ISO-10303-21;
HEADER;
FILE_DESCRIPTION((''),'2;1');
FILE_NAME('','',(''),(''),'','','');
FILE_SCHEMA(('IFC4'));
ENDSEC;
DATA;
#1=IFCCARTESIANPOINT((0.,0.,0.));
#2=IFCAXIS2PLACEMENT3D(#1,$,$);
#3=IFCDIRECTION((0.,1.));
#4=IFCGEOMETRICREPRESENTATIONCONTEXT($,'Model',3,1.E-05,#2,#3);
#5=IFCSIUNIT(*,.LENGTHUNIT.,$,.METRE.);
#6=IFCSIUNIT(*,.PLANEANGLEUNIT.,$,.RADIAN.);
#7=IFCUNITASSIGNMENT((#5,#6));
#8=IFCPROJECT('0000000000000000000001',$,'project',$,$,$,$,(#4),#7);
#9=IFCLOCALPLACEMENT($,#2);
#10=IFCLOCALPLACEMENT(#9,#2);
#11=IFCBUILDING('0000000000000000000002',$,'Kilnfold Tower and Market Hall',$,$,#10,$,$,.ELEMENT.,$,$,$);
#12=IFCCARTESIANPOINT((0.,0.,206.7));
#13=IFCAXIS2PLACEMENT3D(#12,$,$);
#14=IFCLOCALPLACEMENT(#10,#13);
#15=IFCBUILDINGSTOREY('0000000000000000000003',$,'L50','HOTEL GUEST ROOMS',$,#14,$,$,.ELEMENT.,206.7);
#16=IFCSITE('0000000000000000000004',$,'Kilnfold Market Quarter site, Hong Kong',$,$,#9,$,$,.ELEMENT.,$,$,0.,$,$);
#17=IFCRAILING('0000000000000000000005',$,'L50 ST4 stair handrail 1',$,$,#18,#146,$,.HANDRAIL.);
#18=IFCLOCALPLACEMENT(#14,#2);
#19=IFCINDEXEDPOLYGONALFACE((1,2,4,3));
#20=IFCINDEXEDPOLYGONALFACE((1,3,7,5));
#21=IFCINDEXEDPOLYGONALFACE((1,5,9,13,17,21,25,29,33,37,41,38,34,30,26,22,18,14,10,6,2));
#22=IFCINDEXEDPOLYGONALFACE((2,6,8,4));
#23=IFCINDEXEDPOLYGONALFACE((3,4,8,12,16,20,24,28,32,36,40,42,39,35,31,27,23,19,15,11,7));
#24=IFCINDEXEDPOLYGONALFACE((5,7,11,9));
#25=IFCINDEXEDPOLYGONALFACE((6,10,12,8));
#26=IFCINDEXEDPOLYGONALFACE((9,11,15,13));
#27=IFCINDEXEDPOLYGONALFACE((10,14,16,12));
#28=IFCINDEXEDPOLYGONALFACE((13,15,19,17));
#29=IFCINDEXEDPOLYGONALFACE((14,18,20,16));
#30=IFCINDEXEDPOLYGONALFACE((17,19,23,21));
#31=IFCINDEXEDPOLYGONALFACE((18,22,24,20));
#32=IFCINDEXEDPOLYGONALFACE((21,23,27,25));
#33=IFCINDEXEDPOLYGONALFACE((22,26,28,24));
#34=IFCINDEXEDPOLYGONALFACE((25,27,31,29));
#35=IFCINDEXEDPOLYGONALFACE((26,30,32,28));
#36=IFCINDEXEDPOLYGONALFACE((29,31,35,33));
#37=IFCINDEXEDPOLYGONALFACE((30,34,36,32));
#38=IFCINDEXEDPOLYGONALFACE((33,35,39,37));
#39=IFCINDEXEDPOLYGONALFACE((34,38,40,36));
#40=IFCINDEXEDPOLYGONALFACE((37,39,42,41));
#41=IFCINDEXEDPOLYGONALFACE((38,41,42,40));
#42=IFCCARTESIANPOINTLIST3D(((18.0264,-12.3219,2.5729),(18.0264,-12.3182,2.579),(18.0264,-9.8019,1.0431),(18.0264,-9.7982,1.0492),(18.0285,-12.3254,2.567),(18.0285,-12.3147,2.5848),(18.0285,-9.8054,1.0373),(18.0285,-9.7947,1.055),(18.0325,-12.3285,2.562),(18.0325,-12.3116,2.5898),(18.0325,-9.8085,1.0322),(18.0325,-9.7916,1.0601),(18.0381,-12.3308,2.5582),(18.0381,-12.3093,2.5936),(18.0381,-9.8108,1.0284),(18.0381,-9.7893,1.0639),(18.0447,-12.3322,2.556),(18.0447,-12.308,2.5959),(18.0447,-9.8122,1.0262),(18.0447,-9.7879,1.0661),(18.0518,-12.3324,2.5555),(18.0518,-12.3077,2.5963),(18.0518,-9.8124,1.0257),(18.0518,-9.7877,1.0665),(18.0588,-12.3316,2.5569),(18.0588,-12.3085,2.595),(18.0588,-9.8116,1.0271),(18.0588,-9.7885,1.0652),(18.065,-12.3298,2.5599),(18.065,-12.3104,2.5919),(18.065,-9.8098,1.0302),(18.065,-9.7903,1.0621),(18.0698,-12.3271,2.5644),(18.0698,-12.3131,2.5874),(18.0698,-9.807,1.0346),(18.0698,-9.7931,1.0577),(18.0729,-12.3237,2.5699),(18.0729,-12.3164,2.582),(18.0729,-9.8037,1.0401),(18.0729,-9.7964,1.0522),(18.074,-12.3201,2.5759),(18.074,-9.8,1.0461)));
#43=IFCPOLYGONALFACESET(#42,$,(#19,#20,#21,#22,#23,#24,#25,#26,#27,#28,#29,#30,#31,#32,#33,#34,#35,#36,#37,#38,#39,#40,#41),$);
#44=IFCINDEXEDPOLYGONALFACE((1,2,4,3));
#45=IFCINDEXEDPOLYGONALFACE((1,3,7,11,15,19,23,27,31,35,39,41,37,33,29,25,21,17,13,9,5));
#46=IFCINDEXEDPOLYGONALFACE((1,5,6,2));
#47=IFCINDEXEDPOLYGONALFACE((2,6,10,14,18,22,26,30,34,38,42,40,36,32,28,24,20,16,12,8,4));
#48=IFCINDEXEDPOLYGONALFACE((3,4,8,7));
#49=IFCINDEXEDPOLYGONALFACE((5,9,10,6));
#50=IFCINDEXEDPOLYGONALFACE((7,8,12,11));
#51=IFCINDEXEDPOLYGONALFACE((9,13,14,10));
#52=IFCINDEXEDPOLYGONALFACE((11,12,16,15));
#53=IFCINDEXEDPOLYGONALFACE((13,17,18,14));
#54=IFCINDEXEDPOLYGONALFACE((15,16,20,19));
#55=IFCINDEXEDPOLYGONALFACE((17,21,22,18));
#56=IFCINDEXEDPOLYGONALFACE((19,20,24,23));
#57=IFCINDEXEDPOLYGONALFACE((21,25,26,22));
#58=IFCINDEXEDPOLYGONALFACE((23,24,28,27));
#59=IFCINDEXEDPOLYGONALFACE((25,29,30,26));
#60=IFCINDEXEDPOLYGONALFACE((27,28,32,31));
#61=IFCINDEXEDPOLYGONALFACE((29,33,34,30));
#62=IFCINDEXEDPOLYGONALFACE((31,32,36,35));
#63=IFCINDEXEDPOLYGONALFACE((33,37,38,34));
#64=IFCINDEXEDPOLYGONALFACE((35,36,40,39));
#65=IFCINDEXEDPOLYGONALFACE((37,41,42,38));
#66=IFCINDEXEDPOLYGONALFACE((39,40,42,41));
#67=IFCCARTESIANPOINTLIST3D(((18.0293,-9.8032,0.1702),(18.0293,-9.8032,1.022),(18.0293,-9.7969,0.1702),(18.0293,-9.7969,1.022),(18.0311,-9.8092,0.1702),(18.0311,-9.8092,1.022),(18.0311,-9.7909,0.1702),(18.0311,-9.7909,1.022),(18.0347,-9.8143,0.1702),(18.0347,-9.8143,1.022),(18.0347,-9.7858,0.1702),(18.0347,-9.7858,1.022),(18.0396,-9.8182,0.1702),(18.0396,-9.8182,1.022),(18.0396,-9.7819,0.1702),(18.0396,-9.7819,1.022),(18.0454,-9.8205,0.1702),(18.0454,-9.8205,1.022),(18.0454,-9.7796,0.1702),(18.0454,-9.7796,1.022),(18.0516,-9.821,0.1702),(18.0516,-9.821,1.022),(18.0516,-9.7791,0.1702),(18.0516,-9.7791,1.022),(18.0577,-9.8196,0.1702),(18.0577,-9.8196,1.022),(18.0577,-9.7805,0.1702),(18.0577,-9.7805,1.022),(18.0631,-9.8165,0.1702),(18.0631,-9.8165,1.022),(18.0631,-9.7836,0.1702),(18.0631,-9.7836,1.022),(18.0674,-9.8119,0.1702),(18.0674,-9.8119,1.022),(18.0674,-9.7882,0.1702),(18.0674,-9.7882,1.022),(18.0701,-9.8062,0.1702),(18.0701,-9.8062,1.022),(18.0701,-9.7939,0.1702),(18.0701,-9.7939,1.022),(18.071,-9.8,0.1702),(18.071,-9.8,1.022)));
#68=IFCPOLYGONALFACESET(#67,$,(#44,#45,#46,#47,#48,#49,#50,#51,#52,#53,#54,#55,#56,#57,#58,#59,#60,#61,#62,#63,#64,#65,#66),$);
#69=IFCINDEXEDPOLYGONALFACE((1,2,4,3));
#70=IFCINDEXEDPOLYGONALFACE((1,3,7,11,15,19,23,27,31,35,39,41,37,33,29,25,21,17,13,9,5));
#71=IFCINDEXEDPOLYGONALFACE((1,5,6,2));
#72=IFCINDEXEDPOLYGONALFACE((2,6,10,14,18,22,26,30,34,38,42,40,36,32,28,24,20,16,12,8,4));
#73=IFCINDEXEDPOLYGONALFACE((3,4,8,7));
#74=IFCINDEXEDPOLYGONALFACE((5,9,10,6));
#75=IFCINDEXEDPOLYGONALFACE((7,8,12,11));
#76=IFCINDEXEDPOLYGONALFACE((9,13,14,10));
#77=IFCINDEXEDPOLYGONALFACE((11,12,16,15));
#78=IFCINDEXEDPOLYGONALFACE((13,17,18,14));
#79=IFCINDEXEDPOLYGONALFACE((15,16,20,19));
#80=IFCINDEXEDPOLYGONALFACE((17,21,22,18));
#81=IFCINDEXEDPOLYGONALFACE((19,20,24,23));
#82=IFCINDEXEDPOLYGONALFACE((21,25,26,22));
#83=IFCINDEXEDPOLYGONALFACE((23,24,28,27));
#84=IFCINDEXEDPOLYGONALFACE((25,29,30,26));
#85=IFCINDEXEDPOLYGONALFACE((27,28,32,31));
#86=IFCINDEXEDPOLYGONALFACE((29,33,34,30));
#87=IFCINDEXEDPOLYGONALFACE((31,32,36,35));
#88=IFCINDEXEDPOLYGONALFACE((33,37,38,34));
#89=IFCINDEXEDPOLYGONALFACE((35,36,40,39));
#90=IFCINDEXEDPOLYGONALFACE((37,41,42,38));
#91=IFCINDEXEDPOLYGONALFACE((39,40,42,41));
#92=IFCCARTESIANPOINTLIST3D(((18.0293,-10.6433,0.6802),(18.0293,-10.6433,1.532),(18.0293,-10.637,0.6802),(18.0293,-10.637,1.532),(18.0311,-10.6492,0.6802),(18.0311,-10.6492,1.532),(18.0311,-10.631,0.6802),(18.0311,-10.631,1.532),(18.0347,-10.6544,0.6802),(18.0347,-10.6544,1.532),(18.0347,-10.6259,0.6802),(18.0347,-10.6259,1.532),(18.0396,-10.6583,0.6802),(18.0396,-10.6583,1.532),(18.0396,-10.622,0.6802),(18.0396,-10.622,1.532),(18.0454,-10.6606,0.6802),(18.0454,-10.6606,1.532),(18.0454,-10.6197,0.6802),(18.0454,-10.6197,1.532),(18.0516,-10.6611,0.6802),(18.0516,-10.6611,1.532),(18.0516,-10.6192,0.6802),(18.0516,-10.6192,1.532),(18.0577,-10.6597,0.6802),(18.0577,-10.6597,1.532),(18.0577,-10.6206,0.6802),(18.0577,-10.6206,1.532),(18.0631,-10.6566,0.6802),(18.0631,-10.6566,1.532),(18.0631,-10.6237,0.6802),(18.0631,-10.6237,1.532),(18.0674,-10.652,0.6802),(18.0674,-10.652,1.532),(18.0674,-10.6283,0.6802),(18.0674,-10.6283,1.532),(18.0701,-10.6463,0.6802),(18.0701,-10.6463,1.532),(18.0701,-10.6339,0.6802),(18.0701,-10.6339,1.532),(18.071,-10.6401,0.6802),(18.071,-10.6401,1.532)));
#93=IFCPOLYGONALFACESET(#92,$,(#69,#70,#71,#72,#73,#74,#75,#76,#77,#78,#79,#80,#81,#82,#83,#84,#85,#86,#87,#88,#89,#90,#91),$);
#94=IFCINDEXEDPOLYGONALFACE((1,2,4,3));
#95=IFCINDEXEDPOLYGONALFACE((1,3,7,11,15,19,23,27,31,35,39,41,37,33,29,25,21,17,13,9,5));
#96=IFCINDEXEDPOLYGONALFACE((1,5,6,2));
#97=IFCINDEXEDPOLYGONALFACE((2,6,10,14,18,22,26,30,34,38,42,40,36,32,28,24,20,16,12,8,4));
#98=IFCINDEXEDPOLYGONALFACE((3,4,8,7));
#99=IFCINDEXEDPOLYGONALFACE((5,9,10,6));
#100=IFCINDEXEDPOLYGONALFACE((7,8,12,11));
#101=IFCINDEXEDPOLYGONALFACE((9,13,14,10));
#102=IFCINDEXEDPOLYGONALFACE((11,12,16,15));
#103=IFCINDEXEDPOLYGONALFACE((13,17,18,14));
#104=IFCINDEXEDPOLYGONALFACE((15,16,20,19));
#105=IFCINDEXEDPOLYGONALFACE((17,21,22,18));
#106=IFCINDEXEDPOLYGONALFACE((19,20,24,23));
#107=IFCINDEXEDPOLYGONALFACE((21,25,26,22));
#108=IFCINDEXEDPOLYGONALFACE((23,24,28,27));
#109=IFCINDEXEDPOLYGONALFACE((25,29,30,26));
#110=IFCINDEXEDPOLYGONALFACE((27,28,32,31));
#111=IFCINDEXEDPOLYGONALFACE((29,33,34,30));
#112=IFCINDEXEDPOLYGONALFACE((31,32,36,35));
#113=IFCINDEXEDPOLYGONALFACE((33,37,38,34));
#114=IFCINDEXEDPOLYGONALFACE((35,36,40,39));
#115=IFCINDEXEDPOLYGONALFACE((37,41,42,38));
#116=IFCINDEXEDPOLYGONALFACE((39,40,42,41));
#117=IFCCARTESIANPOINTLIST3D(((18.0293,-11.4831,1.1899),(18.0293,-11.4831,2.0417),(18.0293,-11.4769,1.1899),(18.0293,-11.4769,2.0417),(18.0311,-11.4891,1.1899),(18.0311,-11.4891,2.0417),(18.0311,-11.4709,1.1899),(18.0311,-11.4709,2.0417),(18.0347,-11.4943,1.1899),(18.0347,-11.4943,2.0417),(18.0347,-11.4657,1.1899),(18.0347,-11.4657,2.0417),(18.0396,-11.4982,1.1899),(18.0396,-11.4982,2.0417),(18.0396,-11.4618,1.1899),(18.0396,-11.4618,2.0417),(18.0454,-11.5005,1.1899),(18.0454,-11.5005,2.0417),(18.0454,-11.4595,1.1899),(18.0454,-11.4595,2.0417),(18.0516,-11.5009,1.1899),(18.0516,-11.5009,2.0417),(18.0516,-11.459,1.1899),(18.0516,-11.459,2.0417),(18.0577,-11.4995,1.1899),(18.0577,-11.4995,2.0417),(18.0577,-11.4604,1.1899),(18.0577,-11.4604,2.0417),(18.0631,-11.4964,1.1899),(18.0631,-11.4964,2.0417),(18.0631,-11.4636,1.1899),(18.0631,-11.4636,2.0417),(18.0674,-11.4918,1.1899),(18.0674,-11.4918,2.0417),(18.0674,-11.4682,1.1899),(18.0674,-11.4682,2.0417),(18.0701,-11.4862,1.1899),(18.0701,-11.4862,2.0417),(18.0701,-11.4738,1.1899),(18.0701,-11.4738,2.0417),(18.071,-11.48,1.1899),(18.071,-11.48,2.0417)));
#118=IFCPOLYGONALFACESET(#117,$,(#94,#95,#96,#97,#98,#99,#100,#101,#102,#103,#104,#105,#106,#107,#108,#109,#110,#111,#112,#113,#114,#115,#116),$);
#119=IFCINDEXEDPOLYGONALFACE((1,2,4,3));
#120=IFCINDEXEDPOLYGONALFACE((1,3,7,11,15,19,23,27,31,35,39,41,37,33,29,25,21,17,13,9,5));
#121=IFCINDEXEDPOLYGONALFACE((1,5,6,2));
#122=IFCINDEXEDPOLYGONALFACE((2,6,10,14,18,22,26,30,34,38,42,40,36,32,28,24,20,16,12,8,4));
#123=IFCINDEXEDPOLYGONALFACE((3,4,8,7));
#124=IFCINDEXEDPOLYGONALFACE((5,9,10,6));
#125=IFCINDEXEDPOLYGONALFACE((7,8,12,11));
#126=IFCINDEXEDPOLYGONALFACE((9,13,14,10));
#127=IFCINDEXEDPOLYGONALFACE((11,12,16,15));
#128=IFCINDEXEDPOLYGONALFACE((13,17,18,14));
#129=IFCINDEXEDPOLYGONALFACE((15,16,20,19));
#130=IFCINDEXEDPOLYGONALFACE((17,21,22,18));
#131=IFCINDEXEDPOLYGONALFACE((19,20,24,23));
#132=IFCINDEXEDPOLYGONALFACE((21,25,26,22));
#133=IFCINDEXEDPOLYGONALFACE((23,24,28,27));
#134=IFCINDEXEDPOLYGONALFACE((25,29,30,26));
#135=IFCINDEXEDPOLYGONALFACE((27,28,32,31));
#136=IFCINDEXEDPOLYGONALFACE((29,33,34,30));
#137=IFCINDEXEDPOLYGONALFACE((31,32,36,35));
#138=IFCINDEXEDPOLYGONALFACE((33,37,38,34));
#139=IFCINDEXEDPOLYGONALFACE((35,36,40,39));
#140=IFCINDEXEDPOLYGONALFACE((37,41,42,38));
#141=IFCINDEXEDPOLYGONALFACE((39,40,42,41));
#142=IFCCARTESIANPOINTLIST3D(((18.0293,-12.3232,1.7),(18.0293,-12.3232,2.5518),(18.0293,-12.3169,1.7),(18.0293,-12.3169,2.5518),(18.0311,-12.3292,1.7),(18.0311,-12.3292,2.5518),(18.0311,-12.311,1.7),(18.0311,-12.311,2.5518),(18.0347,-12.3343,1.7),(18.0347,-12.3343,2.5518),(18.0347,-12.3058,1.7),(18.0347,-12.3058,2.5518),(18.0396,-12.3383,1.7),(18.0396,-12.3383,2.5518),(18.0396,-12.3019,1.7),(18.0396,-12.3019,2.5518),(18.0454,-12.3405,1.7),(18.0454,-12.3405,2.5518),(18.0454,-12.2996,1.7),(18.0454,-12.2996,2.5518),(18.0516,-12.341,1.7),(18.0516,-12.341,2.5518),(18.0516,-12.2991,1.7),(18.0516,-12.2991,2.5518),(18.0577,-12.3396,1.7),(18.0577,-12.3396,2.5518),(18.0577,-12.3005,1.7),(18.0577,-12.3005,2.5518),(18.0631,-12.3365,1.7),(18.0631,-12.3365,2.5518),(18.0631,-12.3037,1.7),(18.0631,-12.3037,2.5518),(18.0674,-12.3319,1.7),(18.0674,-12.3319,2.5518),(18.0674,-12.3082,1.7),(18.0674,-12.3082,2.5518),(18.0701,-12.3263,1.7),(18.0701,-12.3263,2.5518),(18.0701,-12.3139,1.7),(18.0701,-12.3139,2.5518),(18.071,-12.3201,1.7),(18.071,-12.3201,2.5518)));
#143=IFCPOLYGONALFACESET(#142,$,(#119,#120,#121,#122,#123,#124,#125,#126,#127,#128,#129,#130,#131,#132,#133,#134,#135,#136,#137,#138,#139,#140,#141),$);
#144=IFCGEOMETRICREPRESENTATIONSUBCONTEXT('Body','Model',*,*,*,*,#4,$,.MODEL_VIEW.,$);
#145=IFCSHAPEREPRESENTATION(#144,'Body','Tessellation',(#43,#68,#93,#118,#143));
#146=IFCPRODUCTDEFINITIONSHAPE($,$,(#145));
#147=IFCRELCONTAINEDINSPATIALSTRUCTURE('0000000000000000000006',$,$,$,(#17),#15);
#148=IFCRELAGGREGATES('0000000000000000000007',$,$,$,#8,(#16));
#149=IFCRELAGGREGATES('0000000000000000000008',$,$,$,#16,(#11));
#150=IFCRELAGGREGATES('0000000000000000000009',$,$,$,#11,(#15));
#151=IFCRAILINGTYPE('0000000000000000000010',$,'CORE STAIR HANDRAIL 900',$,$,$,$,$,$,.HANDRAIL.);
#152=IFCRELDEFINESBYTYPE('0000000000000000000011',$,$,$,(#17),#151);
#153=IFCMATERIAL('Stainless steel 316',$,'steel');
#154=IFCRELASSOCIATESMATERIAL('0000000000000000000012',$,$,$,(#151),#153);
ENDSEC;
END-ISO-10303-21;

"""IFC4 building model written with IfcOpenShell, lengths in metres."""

from ifc_helpers import new_model, si_unit, direction, frame, origin, origin_2d, place, context, subcontext, project, spatial, circle, extrude, material, type_object, element, save


model = new_model("IFC4")

# Units and contexts
model_context = context("Model", 3, precision=1e-05, world=origin(), true_north=direction((0.0, 1.0)))
body_context = subcontext(model_context, "Body", "Model", "MODEL_VIEW")
ifc_project = project(units=[si_unit("LENGTHUNIT", "METRE"), si_unit("PLANEANGLEUNIT", "RADIAN")], contexts=[model_context])

# Site, building, storey
site_placement = place(None, origin())
site = spatial("IfcSite", under=ifc_project, at=site_placement, Name="Kilnfold Market Quarter site, Hong Kong", CompositionType="ELEMENT", RefElevation=0.0)
building_placement = place(site_placement, origin())
building = spatial("IfcBuilding", under=site, at=building_placement, Name="Kilnfold Tower and Market Hall", CompositionType="ELEMENT")
storey_placement = place(building_placement, frame((0.0, 0.0, 206.7)))
storey = spatial("IfcBuildingStorey", under=building, at=storey_placement, Name="L50", Description="HOTEL GUEST ROOMS", CompositionType="ELEMENT", Elevation=206.7)

# Railing
ifc_material_1 = material(Name="Stainless steel 316", Category="steel")
railing_type_1 = type_object("IfcRailingType", Name="CORE STAIR HANDRAIL 900", PredefinedType="HANDRAIL", material=ifc_material_1)
railing_1_placement = place(storey_placement, frame((18.05, -9.8, 0.1702)))
element("IfcRailing", 1, at=railing_1_placement, inside=storey, type_object=railing_type_1, Name="L50 ST4 stair handrail 1", PredefinedType="HANDRAIL", context=body_context, shape_type="SweptSolid", body=[
    extrude(circle(Radius=0.0239, at=origin_2d()), frame((0.0, 0.0, 0.876), z_axis=(0.0, -0.854822, 0.518922), x_axis=(1.0, 0.0, 0.0)), (0.0, 0.0, 1.0), 2.948),
    extrude(circle(Radius=0.021, at=origin_2d()), origin(), (0.0, 0.0, 1.0), 0.8518),
    extrude(circle(Radius=0.021, at=origin_2d()), frame((0.0, -0.8401, 0.51)), (0.0, 0.0, 1.0), 0.8518),
    extrude(circle(Radius=0.021, at=origin_2d()), frame((0.0, -1.6799, 1.0198)), (0.0, 0.0, 1.0), 0.8518),
    extrude(circle(Radius=0.021, at=origin_2d()), frame((0.0, -2.52, 1.5298)), (0.0, 0.0, 1.0), 0.8518),
])

save(model, "model.ifc")
